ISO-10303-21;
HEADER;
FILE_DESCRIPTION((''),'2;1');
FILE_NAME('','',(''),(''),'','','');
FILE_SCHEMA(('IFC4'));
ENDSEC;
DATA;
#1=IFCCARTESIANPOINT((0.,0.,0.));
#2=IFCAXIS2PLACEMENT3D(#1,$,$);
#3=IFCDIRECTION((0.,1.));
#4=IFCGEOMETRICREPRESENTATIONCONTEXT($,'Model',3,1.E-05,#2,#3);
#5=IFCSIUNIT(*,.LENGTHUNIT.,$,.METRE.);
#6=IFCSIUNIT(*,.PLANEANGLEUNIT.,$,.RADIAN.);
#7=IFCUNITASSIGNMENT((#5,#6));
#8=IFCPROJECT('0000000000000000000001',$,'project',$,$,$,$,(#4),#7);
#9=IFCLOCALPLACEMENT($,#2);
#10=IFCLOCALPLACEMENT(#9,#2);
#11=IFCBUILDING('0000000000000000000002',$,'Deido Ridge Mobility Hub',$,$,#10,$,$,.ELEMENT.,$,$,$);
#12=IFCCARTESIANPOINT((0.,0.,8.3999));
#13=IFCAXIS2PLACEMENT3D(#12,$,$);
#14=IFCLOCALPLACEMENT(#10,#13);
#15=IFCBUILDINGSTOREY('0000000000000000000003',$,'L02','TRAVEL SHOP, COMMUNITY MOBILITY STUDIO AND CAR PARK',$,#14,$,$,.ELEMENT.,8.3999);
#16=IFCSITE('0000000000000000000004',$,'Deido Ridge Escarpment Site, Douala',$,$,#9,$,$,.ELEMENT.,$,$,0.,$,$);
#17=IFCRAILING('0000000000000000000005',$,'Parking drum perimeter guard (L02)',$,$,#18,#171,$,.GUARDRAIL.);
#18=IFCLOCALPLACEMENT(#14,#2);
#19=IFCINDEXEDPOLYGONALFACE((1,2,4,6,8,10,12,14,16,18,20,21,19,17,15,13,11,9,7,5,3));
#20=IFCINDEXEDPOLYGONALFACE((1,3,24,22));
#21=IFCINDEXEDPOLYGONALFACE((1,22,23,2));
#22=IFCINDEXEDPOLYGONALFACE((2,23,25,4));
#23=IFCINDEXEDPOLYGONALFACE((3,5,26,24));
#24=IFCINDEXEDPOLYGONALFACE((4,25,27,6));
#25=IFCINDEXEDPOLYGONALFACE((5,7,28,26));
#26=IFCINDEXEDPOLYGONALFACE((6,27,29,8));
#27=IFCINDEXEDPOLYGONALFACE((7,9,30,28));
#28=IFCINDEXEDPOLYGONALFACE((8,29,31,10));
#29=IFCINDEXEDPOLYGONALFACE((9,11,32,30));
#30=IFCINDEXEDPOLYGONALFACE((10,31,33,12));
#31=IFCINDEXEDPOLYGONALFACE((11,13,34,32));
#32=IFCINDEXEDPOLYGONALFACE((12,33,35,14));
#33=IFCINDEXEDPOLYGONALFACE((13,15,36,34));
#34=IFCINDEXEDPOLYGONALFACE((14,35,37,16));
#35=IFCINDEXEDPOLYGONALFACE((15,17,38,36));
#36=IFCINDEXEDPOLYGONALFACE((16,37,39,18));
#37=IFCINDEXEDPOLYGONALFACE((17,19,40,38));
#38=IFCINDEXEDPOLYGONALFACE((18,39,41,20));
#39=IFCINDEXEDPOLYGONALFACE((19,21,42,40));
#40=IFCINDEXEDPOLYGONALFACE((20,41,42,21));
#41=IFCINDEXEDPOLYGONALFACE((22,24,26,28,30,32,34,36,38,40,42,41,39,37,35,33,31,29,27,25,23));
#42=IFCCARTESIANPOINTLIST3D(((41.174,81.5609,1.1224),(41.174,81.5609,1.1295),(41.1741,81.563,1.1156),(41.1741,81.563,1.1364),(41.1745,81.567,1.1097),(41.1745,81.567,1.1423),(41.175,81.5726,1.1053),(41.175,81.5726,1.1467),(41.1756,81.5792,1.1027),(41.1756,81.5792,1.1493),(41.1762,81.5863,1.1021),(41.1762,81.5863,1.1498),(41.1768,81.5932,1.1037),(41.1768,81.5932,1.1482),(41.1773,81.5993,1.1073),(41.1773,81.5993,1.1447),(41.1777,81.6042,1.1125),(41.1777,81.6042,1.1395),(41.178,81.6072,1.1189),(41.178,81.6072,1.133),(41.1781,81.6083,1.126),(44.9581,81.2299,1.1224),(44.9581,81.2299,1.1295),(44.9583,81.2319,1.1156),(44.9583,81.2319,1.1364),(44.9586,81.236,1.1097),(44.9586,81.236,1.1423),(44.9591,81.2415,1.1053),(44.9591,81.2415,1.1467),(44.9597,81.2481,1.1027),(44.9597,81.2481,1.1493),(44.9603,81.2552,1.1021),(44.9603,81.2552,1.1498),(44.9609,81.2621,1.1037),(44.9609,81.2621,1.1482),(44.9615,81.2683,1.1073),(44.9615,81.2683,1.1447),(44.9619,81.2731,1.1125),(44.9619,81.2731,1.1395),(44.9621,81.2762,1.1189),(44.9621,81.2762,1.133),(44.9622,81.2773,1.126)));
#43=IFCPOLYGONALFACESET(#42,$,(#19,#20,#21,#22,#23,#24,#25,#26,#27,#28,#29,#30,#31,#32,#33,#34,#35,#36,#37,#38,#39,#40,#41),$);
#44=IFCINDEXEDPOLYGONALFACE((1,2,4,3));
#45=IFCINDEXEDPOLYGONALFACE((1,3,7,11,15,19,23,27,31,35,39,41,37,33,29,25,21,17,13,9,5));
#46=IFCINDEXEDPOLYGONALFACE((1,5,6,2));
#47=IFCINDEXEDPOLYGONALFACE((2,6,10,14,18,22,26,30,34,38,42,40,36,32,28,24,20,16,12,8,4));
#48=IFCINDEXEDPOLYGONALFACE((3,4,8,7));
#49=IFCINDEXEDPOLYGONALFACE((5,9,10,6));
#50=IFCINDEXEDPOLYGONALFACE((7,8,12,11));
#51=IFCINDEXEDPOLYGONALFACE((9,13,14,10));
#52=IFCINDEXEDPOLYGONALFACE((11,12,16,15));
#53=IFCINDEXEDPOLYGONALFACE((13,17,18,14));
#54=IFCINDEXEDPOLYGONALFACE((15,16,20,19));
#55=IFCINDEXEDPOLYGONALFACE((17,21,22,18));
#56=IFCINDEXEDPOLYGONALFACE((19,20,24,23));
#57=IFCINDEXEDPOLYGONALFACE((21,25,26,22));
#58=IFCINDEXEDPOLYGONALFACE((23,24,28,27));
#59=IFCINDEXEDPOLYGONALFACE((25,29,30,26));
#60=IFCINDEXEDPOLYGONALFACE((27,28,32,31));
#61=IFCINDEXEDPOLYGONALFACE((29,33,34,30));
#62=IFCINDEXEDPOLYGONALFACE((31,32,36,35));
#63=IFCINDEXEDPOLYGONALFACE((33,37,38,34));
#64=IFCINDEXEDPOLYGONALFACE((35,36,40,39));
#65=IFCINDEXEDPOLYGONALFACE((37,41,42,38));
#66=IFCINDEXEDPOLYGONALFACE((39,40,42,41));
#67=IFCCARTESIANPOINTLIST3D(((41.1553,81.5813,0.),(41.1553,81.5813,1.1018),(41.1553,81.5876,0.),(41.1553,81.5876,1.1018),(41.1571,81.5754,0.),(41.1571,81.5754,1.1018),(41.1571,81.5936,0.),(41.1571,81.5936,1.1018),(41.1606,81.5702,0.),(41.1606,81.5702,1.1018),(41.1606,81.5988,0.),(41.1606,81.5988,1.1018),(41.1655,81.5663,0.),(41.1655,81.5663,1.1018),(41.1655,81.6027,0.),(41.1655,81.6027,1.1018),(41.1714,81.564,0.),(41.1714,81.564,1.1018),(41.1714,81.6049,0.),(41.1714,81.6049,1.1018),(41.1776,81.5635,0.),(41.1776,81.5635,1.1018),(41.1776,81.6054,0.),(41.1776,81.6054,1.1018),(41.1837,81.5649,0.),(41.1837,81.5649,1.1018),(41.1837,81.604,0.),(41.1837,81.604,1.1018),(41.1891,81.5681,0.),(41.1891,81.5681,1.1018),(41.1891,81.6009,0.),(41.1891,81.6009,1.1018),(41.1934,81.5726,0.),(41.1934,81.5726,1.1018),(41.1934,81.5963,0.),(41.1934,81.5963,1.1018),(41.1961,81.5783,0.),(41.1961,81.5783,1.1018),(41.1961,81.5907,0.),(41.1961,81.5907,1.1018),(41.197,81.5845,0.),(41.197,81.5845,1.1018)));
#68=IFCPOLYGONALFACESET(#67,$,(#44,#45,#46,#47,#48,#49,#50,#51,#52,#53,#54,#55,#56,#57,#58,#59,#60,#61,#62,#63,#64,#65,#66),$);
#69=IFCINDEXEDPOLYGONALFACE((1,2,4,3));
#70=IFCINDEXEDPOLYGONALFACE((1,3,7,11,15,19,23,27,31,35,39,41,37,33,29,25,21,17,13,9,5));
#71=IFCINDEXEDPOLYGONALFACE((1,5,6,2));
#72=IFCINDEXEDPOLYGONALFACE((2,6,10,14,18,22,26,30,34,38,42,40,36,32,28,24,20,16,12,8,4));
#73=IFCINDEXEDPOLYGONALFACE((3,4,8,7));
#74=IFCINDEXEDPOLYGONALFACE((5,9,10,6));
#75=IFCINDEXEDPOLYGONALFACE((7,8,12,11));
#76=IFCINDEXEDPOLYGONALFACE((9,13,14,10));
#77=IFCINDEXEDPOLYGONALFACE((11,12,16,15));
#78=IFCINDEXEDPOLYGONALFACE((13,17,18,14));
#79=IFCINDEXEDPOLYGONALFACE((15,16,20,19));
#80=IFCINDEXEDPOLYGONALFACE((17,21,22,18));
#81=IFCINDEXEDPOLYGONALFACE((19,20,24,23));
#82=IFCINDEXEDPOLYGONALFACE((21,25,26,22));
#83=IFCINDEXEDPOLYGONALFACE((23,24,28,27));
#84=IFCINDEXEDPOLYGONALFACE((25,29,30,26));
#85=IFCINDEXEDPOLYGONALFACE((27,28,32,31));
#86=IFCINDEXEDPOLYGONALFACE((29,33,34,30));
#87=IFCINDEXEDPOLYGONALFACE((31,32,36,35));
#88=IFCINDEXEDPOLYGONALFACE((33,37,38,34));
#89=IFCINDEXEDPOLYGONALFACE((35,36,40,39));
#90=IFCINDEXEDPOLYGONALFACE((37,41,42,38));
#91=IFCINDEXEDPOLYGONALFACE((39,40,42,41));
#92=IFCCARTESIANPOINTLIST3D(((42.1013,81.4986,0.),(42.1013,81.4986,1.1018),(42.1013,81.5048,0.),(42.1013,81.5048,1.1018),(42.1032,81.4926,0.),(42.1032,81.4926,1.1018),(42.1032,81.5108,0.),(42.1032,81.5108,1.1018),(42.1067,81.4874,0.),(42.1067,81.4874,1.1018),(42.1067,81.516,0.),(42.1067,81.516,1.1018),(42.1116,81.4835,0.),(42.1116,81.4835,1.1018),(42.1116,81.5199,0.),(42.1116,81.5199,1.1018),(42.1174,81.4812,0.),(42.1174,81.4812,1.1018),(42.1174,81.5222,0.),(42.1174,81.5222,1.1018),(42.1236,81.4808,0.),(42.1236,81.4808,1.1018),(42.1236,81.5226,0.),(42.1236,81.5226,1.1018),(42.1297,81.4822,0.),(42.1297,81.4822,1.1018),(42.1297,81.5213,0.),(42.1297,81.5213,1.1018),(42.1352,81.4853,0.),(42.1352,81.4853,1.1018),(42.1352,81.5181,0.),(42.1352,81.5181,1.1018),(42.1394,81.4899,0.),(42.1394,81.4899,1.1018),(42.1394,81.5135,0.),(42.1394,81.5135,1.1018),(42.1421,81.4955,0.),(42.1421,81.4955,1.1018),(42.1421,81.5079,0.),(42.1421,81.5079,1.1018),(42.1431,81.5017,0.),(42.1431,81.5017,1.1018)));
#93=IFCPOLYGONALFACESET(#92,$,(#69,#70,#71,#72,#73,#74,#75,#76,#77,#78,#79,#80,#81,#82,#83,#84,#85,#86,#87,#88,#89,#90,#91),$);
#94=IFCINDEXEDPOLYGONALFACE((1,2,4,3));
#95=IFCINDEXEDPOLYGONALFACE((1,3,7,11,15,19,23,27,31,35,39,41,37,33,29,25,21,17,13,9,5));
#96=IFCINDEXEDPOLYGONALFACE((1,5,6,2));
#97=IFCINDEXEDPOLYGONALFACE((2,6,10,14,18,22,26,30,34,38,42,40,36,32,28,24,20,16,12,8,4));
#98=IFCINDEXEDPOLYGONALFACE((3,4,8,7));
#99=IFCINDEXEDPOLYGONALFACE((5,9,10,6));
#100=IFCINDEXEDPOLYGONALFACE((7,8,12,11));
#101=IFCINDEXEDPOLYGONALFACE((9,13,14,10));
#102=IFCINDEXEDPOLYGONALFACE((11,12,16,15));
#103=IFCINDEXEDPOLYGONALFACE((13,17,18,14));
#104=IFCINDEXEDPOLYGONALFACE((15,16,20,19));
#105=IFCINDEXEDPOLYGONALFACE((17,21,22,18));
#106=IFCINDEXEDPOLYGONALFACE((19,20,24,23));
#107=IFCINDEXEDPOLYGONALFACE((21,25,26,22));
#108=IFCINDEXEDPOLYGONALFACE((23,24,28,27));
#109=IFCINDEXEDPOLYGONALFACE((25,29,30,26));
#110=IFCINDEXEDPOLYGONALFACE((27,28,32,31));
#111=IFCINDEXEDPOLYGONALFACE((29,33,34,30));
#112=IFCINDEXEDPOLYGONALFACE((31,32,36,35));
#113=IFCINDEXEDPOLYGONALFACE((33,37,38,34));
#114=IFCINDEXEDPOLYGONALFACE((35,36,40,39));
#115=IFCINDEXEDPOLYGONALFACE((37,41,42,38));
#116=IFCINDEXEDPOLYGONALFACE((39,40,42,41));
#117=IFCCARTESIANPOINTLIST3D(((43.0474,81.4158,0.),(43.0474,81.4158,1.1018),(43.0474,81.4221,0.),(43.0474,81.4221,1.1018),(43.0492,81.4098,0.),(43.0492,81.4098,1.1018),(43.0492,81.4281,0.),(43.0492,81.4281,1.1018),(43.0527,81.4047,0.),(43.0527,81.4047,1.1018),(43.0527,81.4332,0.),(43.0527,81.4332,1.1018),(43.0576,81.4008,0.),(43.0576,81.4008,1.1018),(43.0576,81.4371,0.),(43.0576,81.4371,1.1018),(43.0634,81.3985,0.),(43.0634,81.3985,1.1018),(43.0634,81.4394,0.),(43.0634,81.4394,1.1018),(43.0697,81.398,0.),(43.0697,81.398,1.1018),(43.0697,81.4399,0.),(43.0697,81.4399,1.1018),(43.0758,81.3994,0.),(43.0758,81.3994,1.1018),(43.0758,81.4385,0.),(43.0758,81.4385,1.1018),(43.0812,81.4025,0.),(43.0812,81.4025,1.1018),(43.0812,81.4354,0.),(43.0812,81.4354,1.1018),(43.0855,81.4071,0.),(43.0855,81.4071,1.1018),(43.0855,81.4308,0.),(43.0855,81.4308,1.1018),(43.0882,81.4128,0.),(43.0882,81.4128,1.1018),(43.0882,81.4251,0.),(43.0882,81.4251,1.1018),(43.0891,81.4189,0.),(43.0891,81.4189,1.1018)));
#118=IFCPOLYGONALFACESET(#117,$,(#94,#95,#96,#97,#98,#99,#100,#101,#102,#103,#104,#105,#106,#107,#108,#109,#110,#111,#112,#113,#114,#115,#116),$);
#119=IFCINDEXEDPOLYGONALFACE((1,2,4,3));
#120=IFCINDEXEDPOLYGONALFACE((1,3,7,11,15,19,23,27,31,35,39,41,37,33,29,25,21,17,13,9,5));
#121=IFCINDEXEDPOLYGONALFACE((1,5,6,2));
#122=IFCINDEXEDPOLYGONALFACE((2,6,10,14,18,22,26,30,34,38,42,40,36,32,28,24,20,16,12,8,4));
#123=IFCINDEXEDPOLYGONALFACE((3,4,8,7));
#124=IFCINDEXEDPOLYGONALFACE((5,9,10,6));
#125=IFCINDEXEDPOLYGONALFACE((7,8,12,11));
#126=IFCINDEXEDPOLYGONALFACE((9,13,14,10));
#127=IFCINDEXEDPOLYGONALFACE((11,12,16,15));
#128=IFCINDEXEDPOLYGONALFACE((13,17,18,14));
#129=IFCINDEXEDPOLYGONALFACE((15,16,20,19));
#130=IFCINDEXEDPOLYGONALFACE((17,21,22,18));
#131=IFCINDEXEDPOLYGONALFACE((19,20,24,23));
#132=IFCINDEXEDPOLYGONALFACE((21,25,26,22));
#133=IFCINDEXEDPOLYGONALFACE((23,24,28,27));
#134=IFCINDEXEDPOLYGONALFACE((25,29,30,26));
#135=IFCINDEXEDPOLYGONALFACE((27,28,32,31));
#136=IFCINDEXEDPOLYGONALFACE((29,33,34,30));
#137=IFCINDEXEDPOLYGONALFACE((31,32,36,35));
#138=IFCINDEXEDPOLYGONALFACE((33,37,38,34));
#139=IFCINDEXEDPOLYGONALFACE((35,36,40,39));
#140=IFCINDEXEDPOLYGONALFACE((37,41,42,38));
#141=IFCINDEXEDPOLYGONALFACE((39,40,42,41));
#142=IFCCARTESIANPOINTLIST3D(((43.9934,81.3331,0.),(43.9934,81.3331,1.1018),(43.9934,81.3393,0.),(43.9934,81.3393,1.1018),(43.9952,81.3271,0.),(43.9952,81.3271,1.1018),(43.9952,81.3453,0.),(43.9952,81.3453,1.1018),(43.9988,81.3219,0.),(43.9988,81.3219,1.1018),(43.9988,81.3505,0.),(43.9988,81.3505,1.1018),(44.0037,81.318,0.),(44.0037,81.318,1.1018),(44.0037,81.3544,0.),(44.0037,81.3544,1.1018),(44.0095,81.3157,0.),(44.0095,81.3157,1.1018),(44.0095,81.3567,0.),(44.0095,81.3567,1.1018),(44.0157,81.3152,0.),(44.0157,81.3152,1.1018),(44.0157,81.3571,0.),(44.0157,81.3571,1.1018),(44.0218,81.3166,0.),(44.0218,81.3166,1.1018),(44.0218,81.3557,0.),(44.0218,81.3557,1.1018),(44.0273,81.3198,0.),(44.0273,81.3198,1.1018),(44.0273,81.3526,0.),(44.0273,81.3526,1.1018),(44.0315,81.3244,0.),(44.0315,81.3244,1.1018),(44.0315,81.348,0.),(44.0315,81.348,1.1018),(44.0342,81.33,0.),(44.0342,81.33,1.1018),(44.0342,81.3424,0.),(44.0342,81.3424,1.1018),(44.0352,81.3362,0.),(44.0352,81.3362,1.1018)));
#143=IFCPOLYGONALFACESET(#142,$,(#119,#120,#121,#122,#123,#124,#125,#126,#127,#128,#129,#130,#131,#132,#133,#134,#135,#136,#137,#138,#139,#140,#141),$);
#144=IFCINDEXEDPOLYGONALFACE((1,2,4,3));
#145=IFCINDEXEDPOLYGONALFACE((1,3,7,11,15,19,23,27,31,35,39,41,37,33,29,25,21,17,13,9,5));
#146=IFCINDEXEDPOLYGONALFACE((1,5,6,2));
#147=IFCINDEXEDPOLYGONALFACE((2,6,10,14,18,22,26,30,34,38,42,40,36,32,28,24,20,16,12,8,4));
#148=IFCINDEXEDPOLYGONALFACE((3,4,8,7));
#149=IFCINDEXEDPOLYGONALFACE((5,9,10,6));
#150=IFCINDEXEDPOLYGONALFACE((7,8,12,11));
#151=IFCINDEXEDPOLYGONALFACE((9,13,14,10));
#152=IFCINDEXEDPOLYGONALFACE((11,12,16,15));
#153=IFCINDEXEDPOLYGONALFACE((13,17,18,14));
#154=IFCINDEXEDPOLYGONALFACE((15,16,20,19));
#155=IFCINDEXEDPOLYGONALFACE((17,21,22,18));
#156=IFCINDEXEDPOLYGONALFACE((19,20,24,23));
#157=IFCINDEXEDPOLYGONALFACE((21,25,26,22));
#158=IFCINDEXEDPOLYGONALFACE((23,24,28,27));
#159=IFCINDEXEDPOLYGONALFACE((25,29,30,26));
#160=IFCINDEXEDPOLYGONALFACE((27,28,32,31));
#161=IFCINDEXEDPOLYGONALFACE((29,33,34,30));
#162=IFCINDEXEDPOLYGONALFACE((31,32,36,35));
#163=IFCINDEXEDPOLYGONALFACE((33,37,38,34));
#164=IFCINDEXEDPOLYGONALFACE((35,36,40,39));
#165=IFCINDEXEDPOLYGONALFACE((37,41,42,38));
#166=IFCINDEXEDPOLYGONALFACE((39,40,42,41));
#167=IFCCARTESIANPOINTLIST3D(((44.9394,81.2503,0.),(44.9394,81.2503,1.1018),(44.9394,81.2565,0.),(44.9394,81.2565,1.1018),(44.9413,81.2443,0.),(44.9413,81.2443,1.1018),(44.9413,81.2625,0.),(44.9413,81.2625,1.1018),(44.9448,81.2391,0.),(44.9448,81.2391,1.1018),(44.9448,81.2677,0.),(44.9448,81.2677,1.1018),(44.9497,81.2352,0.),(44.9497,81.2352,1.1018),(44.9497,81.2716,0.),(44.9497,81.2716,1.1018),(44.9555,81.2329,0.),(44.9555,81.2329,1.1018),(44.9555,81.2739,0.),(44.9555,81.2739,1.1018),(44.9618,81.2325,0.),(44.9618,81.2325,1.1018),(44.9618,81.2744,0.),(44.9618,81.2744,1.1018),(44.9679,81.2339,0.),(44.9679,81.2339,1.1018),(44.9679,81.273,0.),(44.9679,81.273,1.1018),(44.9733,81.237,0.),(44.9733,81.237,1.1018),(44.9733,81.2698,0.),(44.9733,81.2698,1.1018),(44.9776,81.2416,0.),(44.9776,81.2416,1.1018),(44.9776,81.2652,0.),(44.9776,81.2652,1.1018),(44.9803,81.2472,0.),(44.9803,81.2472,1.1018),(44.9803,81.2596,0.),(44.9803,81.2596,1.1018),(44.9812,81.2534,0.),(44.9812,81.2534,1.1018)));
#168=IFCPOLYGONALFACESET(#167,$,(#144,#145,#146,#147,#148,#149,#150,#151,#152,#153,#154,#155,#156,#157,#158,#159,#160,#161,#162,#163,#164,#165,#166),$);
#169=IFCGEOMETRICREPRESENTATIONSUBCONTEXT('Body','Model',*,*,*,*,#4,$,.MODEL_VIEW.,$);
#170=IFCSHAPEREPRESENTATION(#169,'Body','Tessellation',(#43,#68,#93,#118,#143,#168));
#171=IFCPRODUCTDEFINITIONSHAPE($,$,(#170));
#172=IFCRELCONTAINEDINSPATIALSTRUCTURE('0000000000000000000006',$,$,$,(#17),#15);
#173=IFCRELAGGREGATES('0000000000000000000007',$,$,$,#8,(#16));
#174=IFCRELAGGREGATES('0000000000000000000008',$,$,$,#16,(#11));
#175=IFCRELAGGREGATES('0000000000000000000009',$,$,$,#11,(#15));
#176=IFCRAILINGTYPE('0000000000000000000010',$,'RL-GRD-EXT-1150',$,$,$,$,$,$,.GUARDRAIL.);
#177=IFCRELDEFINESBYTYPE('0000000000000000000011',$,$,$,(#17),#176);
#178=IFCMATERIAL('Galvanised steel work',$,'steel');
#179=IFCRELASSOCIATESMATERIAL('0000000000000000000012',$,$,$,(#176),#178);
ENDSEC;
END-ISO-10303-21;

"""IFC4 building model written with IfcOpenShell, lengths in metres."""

from ifc_helpers import new_model, si_unit, direction, frame, origin, origin_2d, place, context, subcontext, project, spatial, circle, extrude, material, type_object, element, save


model = new_model("IFC4")

# Units and contexts
model_context = context("Model", 3, precision=1e-05, world=origin(), true_north=direction((0.0, 1.0)))
body_context = subcontext(model_context, "Body", "Model", "MODEL_VIEW")
ifc_project = project(units=[si_unit("LENGTHUNIT", "METRE"), si_unit("PLANEANGLEUNIT", "RADIAN")], contexts=[model_context])

# Site, building, storey
site_placement = place(None, origin())
site = spatial("IfcSite", under=ifc_project, at=site_placement, Name="Deido Ridge Escarpment Site, Douala", CompositionType="ELEMENT", RefElevation=0.0)
building_placement = place(site_placement, origin())
building = spatial("IfcBuilding", under=site, at=building_placement, Name="Deido Ridge Mobility Hub", CompositionType="ELEMENT")
storey_placement = place(building_placement, frame((0.0, 0.0, 8.3999)))
storey = spatial("IfcBuildingStorey", under=building, at=storey_placement, Name="L02", Description="TRAVEL SHOP, COMMUNITY MOBILITY STUDIO AND CAR PARK", CompositionType="ELEMENT", Elevation=8.3999)

# Railing
ifc_material_1 = material(Name="Galvanised steel work", Category="steel")
railing_type = type_object("IfcRailingType", Name="RL-GRD-EXT-1150", PredefinedType="GUARDRAIL", material=ifc_material_1)
railing_1_placement = place(storey_placement, frame((41.176, 81.5845, 0.0)))
element("IfcRailing", 1, at=railing_1_placement, inside=storey, type_object=railing_type, Name="Parking drum perimeter guard (L02)", PredefinedType="GUARDRAIL", context=body_context, shape_type="SweptSolid", body=[
    extrude(circle(Radius=0.0239, at=origin_2d()), frame((0.0, 0.0, 1.126), z_axis=(0.996195, -0.087151, 0.0), x_axis=(0.087151, 0.996195, 0.0)), (0.0, 0.0, 1.0), 3.7986),
    extrude(circle(Radius=0.021, at=origin_2d()), origin(), (0.0, 0.0, 1.0), 1.1018),
    extrude(circle(Radius=0.021, at=origin_2d()), frame((0.946, -0.0828, 0.0)), (0.0, 0.0, 1.0), 1.1018),
    extrude(circle(Radius=0.021, at=origin_2d()), frame((1.8921, -0.1655, 0.0)), (0.0, 0.0, 1.0), 1.1018),
    extrude(circle(Radius=0.021, at=origin_2d()), frame((2.8381, -0.2483, 0.0)), (0.0, 0.0, 1.0), 1.1018),
    extrude(circle(Radius=0.021, at=origin_2d()), frame((3.7842, -0.3311, 0.0)), (0.0, 0.0, 1.0), 1.1018),
])

save(model, "model.ifc")
